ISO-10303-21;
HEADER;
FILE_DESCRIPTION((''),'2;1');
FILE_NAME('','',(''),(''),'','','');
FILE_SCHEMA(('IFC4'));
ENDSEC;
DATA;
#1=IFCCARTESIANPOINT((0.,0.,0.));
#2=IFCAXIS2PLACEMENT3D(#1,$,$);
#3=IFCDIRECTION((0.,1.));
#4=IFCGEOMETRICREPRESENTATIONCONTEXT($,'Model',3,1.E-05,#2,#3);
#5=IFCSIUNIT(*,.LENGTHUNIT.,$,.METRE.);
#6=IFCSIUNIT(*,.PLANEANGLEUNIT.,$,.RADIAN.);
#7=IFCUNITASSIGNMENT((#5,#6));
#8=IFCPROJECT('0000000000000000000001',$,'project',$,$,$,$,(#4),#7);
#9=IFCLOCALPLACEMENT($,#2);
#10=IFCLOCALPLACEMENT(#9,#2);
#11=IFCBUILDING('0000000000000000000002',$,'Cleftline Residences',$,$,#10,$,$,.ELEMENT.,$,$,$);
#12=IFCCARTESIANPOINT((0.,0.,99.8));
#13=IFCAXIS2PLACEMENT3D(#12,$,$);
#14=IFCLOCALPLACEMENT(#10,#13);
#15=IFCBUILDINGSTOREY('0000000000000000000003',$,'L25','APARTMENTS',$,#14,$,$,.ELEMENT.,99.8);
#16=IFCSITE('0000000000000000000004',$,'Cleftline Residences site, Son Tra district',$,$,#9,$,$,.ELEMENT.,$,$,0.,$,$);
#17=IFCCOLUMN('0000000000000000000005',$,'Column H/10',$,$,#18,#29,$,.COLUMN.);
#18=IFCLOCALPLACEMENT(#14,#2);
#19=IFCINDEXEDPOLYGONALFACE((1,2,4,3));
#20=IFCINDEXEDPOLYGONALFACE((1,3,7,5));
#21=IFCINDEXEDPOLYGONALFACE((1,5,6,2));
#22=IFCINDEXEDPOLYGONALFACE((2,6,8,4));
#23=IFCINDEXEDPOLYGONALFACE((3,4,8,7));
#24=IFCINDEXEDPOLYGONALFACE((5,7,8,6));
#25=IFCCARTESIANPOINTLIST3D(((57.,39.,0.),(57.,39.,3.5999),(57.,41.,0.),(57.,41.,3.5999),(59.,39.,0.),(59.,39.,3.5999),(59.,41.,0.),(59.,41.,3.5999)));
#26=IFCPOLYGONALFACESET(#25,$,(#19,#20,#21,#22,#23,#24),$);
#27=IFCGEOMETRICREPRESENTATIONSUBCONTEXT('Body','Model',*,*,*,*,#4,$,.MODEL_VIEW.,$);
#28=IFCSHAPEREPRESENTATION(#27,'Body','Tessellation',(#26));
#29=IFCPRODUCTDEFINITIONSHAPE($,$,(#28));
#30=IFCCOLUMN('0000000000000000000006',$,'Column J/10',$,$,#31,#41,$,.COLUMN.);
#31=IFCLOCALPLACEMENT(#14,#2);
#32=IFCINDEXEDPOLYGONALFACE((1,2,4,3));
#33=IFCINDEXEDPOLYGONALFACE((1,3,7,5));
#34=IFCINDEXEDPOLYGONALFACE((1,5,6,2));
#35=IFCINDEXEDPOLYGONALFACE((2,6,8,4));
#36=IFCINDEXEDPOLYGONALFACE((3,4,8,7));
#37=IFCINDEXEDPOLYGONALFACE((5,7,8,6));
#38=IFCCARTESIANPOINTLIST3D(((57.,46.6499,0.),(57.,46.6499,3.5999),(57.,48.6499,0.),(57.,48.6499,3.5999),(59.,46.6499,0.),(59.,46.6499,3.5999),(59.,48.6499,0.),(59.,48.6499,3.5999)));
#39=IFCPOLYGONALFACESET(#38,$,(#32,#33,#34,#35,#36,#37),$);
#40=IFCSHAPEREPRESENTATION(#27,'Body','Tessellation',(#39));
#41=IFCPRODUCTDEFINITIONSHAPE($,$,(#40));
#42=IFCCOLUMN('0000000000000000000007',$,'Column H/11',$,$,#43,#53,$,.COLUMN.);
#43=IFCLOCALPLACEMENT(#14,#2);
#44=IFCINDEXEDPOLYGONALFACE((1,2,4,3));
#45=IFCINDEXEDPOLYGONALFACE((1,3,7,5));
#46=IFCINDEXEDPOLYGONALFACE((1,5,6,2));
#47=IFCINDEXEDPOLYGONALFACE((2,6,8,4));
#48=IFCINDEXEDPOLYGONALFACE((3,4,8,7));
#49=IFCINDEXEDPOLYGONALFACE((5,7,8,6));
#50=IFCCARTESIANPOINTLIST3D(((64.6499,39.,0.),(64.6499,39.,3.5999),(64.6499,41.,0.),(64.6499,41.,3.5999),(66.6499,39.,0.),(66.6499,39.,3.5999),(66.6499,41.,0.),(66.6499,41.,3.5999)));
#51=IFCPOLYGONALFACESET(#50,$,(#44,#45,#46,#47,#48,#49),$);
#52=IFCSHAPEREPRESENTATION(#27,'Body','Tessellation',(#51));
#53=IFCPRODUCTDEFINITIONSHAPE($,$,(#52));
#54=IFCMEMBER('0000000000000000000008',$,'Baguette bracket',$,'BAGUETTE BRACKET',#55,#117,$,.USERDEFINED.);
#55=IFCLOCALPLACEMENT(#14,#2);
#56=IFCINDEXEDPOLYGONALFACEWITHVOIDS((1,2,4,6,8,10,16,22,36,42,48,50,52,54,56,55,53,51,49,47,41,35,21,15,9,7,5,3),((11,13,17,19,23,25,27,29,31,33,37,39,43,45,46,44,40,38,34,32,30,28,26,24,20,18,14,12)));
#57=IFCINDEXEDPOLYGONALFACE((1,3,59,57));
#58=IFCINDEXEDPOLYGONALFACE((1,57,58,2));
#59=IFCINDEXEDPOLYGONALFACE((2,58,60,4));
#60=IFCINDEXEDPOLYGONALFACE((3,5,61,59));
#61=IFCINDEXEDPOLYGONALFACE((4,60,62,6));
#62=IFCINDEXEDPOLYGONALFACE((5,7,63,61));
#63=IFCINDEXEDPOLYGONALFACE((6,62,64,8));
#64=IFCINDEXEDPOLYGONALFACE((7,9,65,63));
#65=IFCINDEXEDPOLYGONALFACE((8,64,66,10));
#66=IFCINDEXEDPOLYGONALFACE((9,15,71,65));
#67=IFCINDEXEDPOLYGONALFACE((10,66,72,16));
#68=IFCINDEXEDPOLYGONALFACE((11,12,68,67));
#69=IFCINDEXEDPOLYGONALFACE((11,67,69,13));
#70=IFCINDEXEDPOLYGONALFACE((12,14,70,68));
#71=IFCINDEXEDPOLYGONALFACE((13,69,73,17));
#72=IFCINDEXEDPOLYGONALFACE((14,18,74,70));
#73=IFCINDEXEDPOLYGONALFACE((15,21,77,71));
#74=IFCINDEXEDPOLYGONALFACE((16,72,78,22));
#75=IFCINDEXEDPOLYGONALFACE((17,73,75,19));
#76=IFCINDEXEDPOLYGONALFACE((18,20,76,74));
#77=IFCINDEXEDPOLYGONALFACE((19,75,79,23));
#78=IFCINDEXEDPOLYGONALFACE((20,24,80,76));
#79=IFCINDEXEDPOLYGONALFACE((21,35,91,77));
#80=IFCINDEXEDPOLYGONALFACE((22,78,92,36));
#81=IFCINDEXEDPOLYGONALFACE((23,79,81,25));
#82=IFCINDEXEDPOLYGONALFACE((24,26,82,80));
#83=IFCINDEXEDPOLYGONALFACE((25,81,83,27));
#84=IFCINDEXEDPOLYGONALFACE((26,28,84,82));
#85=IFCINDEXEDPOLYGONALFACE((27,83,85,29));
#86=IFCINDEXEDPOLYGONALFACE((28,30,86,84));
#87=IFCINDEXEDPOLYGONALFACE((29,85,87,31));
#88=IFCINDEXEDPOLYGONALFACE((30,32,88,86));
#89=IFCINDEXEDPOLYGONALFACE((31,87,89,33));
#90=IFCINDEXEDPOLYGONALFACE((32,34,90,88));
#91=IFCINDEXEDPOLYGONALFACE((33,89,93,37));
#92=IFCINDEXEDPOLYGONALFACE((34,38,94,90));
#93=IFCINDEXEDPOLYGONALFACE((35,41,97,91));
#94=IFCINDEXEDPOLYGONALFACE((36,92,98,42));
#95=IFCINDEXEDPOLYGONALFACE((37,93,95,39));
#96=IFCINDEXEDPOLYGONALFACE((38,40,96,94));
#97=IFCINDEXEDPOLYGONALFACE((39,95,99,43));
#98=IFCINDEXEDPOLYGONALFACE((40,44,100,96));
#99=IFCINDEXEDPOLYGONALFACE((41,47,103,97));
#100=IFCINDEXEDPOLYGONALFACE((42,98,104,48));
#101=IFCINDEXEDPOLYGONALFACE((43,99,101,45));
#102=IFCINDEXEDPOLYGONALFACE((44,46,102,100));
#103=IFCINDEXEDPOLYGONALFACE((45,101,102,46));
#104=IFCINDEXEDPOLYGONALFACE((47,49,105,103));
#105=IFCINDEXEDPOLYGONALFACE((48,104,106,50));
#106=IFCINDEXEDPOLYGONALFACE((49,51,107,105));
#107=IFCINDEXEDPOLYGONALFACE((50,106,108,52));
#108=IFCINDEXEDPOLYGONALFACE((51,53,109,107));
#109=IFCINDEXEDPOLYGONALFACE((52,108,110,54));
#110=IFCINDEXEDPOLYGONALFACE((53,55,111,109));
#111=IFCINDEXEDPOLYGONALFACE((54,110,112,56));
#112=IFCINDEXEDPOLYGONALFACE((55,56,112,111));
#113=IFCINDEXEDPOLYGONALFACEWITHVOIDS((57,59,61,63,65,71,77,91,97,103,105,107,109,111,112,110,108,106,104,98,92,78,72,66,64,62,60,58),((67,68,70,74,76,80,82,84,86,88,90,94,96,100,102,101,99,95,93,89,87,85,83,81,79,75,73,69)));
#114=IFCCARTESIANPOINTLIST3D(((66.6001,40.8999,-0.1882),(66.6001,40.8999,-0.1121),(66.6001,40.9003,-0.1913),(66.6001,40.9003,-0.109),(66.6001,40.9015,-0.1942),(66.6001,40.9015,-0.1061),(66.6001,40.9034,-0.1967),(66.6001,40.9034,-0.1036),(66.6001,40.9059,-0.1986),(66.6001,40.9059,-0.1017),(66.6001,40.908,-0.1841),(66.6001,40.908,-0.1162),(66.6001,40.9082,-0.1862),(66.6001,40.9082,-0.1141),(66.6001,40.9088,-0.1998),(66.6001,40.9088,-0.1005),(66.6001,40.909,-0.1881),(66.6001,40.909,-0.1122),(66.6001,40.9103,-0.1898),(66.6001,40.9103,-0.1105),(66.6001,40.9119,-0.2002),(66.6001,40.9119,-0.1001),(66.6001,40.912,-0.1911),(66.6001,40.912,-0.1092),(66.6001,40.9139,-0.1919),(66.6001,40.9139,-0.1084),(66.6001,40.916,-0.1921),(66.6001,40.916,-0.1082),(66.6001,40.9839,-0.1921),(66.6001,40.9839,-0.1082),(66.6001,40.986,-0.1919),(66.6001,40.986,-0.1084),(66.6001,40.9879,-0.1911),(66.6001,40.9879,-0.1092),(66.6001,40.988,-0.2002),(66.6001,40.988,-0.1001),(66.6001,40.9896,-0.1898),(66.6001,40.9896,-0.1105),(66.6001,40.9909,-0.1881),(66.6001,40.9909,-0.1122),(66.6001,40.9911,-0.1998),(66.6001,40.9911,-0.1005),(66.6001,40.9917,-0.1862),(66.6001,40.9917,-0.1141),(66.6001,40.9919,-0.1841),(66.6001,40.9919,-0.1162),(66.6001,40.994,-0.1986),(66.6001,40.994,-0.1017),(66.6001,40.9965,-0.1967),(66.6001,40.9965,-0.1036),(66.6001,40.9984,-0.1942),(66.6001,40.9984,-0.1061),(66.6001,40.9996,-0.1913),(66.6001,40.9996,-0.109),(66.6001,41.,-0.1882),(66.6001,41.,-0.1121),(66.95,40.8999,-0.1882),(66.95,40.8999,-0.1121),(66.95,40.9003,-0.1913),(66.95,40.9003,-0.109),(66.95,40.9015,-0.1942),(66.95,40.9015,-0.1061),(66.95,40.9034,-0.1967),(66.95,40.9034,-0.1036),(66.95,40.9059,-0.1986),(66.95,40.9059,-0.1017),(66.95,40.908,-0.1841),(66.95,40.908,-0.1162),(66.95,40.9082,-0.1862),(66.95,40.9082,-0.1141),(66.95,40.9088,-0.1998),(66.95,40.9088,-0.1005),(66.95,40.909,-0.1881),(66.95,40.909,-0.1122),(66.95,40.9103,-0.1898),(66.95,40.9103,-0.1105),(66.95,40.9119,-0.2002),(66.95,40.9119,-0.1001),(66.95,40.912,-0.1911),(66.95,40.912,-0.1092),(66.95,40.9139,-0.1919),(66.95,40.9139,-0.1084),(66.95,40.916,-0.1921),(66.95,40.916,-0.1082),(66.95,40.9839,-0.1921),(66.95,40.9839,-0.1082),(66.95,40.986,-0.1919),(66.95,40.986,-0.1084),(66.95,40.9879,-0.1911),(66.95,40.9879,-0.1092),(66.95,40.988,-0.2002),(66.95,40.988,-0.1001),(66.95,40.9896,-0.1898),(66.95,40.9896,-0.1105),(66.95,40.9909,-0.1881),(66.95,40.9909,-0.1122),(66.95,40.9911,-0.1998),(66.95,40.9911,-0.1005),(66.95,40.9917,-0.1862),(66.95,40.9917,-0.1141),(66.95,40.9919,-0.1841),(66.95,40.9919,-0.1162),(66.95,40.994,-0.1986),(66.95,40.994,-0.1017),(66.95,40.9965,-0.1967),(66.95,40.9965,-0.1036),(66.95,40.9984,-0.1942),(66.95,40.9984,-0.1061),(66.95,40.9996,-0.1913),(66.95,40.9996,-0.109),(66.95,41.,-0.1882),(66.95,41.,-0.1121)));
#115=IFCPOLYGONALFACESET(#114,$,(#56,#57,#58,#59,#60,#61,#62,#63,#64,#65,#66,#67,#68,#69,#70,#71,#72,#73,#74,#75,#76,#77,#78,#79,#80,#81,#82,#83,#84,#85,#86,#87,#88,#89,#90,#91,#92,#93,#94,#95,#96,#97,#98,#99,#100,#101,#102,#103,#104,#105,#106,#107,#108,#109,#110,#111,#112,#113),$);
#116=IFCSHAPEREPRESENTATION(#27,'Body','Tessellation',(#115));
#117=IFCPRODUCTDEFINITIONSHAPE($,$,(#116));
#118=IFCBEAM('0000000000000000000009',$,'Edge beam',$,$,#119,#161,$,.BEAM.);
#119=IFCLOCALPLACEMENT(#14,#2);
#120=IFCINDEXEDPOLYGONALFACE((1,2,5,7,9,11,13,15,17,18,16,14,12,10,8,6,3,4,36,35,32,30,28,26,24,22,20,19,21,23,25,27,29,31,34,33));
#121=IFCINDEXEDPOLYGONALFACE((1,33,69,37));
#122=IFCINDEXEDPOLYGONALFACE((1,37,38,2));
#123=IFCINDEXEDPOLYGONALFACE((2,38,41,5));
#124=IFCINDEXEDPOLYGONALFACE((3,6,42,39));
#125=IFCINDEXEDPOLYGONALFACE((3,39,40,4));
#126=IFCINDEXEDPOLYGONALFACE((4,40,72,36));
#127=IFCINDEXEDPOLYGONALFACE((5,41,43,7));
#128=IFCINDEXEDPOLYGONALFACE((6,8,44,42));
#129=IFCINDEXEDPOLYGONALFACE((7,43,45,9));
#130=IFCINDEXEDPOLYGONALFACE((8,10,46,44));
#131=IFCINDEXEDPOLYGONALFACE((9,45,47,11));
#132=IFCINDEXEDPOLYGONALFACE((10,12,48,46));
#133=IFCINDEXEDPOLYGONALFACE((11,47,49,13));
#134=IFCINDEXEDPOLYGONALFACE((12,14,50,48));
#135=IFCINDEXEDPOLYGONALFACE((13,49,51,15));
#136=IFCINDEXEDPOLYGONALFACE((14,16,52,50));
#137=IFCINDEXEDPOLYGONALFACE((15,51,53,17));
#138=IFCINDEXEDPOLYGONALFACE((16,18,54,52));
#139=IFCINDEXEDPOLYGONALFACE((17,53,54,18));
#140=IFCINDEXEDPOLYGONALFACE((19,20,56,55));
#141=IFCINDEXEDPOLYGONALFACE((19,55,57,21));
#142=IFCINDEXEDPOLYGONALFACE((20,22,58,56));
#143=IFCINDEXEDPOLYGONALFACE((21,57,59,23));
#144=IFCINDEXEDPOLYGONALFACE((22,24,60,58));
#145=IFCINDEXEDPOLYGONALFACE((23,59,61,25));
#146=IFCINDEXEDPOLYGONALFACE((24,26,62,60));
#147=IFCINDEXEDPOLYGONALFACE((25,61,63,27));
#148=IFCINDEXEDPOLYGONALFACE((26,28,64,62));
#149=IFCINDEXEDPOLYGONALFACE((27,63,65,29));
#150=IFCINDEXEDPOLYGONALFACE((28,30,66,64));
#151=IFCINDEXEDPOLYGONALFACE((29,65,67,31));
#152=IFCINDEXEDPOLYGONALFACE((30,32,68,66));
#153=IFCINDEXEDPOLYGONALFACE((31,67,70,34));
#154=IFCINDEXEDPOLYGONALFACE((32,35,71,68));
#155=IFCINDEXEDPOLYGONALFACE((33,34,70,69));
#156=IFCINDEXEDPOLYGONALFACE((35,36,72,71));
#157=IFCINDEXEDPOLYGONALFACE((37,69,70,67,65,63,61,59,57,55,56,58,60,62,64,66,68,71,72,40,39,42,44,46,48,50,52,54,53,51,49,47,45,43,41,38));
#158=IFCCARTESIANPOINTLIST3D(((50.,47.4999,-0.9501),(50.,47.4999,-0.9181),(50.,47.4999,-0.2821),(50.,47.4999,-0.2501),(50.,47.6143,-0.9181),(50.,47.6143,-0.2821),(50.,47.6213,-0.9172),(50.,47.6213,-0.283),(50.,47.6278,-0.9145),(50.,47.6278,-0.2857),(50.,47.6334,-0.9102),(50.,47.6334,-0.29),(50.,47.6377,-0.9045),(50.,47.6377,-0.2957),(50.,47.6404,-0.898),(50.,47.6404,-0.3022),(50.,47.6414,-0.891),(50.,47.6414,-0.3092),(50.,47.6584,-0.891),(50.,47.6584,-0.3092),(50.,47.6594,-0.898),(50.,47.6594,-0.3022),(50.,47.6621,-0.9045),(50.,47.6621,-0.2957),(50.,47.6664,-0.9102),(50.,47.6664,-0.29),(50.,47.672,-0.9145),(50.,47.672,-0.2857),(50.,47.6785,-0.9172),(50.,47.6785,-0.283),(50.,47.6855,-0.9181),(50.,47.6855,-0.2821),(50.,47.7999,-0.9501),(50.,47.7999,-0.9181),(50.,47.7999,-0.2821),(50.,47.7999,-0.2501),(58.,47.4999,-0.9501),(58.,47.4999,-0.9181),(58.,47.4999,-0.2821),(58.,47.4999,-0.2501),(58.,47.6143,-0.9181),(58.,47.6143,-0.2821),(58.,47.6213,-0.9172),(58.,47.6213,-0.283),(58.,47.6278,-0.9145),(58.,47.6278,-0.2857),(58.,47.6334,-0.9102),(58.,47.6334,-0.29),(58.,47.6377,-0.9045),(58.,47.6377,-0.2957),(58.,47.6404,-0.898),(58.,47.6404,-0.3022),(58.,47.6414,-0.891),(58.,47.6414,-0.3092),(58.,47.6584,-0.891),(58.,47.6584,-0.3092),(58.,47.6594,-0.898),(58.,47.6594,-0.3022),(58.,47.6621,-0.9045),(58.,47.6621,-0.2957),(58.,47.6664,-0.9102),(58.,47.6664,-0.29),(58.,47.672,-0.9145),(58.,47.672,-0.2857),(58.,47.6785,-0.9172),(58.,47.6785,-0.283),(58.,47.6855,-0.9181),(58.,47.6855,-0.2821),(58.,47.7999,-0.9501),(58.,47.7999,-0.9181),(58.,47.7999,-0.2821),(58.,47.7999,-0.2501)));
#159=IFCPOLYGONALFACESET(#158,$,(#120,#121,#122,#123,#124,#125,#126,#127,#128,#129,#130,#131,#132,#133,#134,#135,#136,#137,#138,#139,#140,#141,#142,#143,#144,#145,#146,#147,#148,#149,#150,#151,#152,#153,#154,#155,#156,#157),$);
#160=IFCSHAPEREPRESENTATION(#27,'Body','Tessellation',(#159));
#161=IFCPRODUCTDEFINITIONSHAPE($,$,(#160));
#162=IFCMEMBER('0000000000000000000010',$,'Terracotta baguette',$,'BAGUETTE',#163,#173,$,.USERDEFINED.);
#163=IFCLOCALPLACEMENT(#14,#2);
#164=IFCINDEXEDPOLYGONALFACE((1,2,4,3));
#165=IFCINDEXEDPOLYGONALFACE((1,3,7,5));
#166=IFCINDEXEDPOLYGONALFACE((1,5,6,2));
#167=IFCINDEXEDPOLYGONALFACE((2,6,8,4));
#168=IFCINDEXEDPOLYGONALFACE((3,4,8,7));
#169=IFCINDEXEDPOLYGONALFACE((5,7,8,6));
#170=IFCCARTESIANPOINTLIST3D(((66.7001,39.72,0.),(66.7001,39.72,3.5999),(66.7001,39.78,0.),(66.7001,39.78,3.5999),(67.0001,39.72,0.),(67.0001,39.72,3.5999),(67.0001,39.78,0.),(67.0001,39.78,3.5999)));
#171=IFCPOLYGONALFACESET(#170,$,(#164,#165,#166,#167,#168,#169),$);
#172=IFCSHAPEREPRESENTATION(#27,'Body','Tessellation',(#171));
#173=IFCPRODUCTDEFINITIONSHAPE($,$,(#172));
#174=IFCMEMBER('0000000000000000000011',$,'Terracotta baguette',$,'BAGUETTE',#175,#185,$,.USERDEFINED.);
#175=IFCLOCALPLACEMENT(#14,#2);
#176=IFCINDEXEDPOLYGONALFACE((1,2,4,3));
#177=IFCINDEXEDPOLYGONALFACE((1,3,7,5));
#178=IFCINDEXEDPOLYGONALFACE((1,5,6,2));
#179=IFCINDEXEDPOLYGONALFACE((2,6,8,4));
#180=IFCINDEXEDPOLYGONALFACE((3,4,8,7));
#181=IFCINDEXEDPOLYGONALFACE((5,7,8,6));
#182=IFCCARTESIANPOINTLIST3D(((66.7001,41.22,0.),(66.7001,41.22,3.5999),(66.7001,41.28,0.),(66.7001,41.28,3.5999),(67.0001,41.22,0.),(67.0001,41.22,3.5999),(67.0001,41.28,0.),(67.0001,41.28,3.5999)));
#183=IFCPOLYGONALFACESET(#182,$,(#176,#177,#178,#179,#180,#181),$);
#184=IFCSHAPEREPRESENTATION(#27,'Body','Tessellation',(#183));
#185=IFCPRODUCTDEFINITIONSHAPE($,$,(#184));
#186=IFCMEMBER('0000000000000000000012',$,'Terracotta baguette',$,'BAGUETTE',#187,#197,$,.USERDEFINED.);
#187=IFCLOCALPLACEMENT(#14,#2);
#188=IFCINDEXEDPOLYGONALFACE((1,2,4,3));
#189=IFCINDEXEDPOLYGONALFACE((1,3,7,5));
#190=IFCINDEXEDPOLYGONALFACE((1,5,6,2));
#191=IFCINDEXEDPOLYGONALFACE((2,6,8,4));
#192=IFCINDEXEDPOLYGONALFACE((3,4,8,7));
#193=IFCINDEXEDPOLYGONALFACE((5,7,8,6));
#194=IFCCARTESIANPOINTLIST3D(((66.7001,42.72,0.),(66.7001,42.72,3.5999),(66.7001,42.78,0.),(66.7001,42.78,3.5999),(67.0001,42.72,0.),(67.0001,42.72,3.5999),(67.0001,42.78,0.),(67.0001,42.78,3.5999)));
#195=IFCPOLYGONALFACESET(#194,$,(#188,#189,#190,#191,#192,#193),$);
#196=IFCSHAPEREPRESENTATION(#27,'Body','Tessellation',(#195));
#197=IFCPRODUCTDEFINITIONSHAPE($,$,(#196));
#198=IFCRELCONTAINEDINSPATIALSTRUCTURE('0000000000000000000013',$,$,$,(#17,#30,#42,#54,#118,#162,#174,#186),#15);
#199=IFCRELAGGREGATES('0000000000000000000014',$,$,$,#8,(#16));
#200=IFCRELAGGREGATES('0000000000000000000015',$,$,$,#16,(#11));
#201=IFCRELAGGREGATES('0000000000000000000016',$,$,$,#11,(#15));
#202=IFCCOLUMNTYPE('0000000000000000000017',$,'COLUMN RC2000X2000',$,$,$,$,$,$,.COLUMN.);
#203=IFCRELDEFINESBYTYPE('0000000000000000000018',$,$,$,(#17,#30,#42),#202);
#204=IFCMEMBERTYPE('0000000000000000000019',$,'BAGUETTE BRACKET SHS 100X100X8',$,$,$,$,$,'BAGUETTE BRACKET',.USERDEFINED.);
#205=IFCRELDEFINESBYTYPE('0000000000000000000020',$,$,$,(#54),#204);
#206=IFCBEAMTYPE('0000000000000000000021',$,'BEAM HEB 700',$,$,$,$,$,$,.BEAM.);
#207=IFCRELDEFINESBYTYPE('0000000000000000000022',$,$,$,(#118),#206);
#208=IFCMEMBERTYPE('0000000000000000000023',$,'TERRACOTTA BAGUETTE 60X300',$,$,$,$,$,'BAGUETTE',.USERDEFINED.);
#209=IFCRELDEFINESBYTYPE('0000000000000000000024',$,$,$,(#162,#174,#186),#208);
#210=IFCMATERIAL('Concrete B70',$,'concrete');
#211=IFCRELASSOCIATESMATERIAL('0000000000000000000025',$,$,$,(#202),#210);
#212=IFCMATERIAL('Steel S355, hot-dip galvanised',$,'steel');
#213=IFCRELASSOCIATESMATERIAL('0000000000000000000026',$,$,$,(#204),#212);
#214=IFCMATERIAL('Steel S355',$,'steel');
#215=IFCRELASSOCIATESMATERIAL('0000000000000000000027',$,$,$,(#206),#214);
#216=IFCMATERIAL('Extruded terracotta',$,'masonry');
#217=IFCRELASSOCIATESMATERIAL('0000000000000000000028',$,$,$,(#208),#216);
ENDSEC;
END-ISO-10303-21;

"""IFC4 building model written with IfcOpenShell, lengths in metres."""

from ifc_helpers import new_model, si_unit, direction, frame, origin, origin_2d, place, context, subcontext, project, spatial, rectangle, hollow_rectangle, i_section, extrude, material, material_profile, profile_set, type_object, element, save


model = new_model("IFC4")

# Units and contexts
model_context = context("Model", 3, precision=1e-05, world=origin(), true_north=direction((0.0, 1.0)))
body_context = subcontext(model_context, "Body", "Model", "MODEL_VIEW")
ifc_project = project(units=[si_unit("LENGTHUNIT", "METRE"), si_unit("PLANEANGLEUNIT", "RADIAN")], contexts=[model_context])

# Site, building, storey
site_placement = place(None, origin())
site = spatial("IfcSite", under=ifc_project, at=site_placement, Name="Cleftline Residences site, Son Tra district", CompositionType="ELEMENT", RefElevation=0.0)
building_placement = place(site_placement, origin())
building = spatial("IfcBuilding", under=site, at=building_placement, Name="Cleftline Residences", CompositionType="ELEMENT")
storey_placement = place(building_placement, frame((0.0, 0.0, 99.8)))
storey = spatial("IfcBuildingStorey", under=building, at=storey_placement, Name="L25", Description="APARTMENTS", CompositionType="ELEMENT", Elevation=99.8)

# Columns
ifc_material_1 = material(Name="Concrete B70", Category="concrete")
ifc_material_profile_1 = material_profile(ifc_material_1, rectangle(XDim=2.0, YDim=2.0, at=origin_2d()))
ifc_profile_set_1 = profile_set([ifc_material_profile_1], Name="Concrete B70")
column_type = type_object("IfcColumnType", Name="COLUMN RC2000X2000", PredefinedType="COLUMN", material=ifc_profile_set_1)
for number, where, z_axis, x_axis, name in (
    (1, (58.0, 40.0, 0.0), (0.0, 0.0, 1.0), (1.0, 0.0, 0.0), "Column H/10"),
    (2, (58.0, 47.6499, 0.0), (0.0, 0.0, 1.0), (1.0, 0.0, 0.0), "Column J/10"),
    (3, (65.6499, 40.0, 0.0), (0.0, 0.0, 1.0), (1.0, 0.0, 0.0), "Column H/11"),
):
    element("IfcColumn", number, at=place(storey_placement, frame(where, z_axis=z_axis, x_axis=x_axis)), inside=storey, type_object=column_type, Name=name, PredefinedType="COLUMN", context=body_context, shape_type="SweptSolid", body=[
        extrude(rectangle(XDim=2.0, YDim=2.0, at=origin_2d()), origin(), (0.0, 0.0, 1.0), 3.5999),
    ])

# Member
ifc_material_2 = material(Name="Steel S355, hot-dip galvanised", Category="steel")
ifc_material_profile_2 = material_profile(ifc_material_2, hollow_rectangle(XDim=0.1001, YDim=0.1001, WallThickness=0.0081, InnerFilletRadius=0.0081, OuterFilletRadius=0.012, at=origin_2d()))
ifc_profile_set_2 = profile_set([ifc_material_profile_2], Name="Steel S355, hot-dip galvanised")
member_type_1 = type_object("IfcMemberType", Name="BAGUETTE BRACKET SHS 100X100X8", ElementType="BAGUETTE BRACKET", PredefinedType="USERDEFINED", material=ifc_profile_set_2)
member_placement = place(storey_placement, frame((66.6001, 40.95, -0.1501), z_axis=(1.0, 0.0, 0.0), x_axis=(0.0, 1.0, 0.0)))
element("IfcMember", 4, at=member_placement, inside=storey, type_object=member_type_1, Name="Baguette bracket", ObjectType="BAGUETTE BRACKET", PredefinedType="USERDEFINED", context=body_context, shape_type="SweptSolid", body=[
    extrude(hollow_rectangle(XDim=0.1001, YDim=0.1001, WallThickness=0.0081, InnerFilletRadius=0.0081, OuterFilletRadius=0.012, at=origin_2d()), origin(), (0.0, 0.0, 1.0), 0.3499),
])

# Beam
ifc_material_3 = material(Name="Steel S355", Category="steel")
ifc_material_profile_3 = material_profile(ifc_material_3, i_section(OverallWidth=0.3, OverallDepth=0.7, WebThickness=0.0171, FlangeThickness=0.032, FilletRadius=0.0271, at=origin_2d()))
ifc_profile_set_3 = profile_set([ifc_material_profile_3], Name="Steel S355")
beam_type = type_object("IfcBeamType", Name="BEAM HEB 700", PredefinedType="BEAM", material=ifc_profile_set_3)
beam_placement = place(storey_placement, frame((58.0, 47.6499, -0.6001), z_axis=(-1.0, 0.0, 0.0), x_axis=(0.0, -1.0, 0.0)))
element("IfcBeam", 5, at=beam_placement, inside=storey, type_object=beam_type, Name="Edge beam", PredefinedType="BEAM", context=body_context, shape_type="SweptSolid", body=[
    extrude(i_section(OverallWidth=0.3, OverallDepth=0.7, WebThickness=0.0171, FlangeThickness=0.032, FilletRadius=0.0271, at=origin_2d()), origin(), (0.0, 0.0, 1.0), 8.0),
])

# Members
ifc_material_4 = material(Name="Extruded terracotta", Category="masonry")
ifc_material_profile_4 = material_profile(ifc_material_4, rectangle(XDim=0.0601, YDim=0.3, at=origin_2d()))
ifc_profile_set_4 = profile_set([ifc_material_profile_4], Name="Extruded terracotta")
member_type_2 = type_object("IfcMemberType", Name="TERRACOTTA BAGUETTE 60X300", ElementType="BAGUETTE", PredefinedType="USERDEFINED", material=ifc_profile_set_4)
for number, where, z_axis, x_axis, name in (
    (6, (66.8501, 39.75, 0.0), (0.0, 0.0, 1.0), (0.0, 1.0, 0.0), "Terracotta baguette"),
    (7, (66.8501, 41.25, 0.0), (0.0, 0.0, 1.0), (0.0, 1.0, 0.0), "Terracotta baguette"),
    (8, (66.8501, 42.75, 0.0), (0.0, 0.0, 1.0), (0.0, 1.0, 0.0), "Terracotta baguette"),
):
    element("IfcMember", number, at=place(storey_placement, frame(where, z_axis=z_axis, x_axis=x_axis)), inside=storey, type_object=member_type_2, Name=name, ObjectType="BAGUETTE", PredefinedType="USERDEFINED", context=body_context, shape_type="SweptSolid", body=[
        extrude(rectangle(XDim=0.0601, YDim=0.3, at=origin_2d()), origin(), (0.0, 0.0, 1.0), 3.5999),
    ])

save(model, "model.ifc")
